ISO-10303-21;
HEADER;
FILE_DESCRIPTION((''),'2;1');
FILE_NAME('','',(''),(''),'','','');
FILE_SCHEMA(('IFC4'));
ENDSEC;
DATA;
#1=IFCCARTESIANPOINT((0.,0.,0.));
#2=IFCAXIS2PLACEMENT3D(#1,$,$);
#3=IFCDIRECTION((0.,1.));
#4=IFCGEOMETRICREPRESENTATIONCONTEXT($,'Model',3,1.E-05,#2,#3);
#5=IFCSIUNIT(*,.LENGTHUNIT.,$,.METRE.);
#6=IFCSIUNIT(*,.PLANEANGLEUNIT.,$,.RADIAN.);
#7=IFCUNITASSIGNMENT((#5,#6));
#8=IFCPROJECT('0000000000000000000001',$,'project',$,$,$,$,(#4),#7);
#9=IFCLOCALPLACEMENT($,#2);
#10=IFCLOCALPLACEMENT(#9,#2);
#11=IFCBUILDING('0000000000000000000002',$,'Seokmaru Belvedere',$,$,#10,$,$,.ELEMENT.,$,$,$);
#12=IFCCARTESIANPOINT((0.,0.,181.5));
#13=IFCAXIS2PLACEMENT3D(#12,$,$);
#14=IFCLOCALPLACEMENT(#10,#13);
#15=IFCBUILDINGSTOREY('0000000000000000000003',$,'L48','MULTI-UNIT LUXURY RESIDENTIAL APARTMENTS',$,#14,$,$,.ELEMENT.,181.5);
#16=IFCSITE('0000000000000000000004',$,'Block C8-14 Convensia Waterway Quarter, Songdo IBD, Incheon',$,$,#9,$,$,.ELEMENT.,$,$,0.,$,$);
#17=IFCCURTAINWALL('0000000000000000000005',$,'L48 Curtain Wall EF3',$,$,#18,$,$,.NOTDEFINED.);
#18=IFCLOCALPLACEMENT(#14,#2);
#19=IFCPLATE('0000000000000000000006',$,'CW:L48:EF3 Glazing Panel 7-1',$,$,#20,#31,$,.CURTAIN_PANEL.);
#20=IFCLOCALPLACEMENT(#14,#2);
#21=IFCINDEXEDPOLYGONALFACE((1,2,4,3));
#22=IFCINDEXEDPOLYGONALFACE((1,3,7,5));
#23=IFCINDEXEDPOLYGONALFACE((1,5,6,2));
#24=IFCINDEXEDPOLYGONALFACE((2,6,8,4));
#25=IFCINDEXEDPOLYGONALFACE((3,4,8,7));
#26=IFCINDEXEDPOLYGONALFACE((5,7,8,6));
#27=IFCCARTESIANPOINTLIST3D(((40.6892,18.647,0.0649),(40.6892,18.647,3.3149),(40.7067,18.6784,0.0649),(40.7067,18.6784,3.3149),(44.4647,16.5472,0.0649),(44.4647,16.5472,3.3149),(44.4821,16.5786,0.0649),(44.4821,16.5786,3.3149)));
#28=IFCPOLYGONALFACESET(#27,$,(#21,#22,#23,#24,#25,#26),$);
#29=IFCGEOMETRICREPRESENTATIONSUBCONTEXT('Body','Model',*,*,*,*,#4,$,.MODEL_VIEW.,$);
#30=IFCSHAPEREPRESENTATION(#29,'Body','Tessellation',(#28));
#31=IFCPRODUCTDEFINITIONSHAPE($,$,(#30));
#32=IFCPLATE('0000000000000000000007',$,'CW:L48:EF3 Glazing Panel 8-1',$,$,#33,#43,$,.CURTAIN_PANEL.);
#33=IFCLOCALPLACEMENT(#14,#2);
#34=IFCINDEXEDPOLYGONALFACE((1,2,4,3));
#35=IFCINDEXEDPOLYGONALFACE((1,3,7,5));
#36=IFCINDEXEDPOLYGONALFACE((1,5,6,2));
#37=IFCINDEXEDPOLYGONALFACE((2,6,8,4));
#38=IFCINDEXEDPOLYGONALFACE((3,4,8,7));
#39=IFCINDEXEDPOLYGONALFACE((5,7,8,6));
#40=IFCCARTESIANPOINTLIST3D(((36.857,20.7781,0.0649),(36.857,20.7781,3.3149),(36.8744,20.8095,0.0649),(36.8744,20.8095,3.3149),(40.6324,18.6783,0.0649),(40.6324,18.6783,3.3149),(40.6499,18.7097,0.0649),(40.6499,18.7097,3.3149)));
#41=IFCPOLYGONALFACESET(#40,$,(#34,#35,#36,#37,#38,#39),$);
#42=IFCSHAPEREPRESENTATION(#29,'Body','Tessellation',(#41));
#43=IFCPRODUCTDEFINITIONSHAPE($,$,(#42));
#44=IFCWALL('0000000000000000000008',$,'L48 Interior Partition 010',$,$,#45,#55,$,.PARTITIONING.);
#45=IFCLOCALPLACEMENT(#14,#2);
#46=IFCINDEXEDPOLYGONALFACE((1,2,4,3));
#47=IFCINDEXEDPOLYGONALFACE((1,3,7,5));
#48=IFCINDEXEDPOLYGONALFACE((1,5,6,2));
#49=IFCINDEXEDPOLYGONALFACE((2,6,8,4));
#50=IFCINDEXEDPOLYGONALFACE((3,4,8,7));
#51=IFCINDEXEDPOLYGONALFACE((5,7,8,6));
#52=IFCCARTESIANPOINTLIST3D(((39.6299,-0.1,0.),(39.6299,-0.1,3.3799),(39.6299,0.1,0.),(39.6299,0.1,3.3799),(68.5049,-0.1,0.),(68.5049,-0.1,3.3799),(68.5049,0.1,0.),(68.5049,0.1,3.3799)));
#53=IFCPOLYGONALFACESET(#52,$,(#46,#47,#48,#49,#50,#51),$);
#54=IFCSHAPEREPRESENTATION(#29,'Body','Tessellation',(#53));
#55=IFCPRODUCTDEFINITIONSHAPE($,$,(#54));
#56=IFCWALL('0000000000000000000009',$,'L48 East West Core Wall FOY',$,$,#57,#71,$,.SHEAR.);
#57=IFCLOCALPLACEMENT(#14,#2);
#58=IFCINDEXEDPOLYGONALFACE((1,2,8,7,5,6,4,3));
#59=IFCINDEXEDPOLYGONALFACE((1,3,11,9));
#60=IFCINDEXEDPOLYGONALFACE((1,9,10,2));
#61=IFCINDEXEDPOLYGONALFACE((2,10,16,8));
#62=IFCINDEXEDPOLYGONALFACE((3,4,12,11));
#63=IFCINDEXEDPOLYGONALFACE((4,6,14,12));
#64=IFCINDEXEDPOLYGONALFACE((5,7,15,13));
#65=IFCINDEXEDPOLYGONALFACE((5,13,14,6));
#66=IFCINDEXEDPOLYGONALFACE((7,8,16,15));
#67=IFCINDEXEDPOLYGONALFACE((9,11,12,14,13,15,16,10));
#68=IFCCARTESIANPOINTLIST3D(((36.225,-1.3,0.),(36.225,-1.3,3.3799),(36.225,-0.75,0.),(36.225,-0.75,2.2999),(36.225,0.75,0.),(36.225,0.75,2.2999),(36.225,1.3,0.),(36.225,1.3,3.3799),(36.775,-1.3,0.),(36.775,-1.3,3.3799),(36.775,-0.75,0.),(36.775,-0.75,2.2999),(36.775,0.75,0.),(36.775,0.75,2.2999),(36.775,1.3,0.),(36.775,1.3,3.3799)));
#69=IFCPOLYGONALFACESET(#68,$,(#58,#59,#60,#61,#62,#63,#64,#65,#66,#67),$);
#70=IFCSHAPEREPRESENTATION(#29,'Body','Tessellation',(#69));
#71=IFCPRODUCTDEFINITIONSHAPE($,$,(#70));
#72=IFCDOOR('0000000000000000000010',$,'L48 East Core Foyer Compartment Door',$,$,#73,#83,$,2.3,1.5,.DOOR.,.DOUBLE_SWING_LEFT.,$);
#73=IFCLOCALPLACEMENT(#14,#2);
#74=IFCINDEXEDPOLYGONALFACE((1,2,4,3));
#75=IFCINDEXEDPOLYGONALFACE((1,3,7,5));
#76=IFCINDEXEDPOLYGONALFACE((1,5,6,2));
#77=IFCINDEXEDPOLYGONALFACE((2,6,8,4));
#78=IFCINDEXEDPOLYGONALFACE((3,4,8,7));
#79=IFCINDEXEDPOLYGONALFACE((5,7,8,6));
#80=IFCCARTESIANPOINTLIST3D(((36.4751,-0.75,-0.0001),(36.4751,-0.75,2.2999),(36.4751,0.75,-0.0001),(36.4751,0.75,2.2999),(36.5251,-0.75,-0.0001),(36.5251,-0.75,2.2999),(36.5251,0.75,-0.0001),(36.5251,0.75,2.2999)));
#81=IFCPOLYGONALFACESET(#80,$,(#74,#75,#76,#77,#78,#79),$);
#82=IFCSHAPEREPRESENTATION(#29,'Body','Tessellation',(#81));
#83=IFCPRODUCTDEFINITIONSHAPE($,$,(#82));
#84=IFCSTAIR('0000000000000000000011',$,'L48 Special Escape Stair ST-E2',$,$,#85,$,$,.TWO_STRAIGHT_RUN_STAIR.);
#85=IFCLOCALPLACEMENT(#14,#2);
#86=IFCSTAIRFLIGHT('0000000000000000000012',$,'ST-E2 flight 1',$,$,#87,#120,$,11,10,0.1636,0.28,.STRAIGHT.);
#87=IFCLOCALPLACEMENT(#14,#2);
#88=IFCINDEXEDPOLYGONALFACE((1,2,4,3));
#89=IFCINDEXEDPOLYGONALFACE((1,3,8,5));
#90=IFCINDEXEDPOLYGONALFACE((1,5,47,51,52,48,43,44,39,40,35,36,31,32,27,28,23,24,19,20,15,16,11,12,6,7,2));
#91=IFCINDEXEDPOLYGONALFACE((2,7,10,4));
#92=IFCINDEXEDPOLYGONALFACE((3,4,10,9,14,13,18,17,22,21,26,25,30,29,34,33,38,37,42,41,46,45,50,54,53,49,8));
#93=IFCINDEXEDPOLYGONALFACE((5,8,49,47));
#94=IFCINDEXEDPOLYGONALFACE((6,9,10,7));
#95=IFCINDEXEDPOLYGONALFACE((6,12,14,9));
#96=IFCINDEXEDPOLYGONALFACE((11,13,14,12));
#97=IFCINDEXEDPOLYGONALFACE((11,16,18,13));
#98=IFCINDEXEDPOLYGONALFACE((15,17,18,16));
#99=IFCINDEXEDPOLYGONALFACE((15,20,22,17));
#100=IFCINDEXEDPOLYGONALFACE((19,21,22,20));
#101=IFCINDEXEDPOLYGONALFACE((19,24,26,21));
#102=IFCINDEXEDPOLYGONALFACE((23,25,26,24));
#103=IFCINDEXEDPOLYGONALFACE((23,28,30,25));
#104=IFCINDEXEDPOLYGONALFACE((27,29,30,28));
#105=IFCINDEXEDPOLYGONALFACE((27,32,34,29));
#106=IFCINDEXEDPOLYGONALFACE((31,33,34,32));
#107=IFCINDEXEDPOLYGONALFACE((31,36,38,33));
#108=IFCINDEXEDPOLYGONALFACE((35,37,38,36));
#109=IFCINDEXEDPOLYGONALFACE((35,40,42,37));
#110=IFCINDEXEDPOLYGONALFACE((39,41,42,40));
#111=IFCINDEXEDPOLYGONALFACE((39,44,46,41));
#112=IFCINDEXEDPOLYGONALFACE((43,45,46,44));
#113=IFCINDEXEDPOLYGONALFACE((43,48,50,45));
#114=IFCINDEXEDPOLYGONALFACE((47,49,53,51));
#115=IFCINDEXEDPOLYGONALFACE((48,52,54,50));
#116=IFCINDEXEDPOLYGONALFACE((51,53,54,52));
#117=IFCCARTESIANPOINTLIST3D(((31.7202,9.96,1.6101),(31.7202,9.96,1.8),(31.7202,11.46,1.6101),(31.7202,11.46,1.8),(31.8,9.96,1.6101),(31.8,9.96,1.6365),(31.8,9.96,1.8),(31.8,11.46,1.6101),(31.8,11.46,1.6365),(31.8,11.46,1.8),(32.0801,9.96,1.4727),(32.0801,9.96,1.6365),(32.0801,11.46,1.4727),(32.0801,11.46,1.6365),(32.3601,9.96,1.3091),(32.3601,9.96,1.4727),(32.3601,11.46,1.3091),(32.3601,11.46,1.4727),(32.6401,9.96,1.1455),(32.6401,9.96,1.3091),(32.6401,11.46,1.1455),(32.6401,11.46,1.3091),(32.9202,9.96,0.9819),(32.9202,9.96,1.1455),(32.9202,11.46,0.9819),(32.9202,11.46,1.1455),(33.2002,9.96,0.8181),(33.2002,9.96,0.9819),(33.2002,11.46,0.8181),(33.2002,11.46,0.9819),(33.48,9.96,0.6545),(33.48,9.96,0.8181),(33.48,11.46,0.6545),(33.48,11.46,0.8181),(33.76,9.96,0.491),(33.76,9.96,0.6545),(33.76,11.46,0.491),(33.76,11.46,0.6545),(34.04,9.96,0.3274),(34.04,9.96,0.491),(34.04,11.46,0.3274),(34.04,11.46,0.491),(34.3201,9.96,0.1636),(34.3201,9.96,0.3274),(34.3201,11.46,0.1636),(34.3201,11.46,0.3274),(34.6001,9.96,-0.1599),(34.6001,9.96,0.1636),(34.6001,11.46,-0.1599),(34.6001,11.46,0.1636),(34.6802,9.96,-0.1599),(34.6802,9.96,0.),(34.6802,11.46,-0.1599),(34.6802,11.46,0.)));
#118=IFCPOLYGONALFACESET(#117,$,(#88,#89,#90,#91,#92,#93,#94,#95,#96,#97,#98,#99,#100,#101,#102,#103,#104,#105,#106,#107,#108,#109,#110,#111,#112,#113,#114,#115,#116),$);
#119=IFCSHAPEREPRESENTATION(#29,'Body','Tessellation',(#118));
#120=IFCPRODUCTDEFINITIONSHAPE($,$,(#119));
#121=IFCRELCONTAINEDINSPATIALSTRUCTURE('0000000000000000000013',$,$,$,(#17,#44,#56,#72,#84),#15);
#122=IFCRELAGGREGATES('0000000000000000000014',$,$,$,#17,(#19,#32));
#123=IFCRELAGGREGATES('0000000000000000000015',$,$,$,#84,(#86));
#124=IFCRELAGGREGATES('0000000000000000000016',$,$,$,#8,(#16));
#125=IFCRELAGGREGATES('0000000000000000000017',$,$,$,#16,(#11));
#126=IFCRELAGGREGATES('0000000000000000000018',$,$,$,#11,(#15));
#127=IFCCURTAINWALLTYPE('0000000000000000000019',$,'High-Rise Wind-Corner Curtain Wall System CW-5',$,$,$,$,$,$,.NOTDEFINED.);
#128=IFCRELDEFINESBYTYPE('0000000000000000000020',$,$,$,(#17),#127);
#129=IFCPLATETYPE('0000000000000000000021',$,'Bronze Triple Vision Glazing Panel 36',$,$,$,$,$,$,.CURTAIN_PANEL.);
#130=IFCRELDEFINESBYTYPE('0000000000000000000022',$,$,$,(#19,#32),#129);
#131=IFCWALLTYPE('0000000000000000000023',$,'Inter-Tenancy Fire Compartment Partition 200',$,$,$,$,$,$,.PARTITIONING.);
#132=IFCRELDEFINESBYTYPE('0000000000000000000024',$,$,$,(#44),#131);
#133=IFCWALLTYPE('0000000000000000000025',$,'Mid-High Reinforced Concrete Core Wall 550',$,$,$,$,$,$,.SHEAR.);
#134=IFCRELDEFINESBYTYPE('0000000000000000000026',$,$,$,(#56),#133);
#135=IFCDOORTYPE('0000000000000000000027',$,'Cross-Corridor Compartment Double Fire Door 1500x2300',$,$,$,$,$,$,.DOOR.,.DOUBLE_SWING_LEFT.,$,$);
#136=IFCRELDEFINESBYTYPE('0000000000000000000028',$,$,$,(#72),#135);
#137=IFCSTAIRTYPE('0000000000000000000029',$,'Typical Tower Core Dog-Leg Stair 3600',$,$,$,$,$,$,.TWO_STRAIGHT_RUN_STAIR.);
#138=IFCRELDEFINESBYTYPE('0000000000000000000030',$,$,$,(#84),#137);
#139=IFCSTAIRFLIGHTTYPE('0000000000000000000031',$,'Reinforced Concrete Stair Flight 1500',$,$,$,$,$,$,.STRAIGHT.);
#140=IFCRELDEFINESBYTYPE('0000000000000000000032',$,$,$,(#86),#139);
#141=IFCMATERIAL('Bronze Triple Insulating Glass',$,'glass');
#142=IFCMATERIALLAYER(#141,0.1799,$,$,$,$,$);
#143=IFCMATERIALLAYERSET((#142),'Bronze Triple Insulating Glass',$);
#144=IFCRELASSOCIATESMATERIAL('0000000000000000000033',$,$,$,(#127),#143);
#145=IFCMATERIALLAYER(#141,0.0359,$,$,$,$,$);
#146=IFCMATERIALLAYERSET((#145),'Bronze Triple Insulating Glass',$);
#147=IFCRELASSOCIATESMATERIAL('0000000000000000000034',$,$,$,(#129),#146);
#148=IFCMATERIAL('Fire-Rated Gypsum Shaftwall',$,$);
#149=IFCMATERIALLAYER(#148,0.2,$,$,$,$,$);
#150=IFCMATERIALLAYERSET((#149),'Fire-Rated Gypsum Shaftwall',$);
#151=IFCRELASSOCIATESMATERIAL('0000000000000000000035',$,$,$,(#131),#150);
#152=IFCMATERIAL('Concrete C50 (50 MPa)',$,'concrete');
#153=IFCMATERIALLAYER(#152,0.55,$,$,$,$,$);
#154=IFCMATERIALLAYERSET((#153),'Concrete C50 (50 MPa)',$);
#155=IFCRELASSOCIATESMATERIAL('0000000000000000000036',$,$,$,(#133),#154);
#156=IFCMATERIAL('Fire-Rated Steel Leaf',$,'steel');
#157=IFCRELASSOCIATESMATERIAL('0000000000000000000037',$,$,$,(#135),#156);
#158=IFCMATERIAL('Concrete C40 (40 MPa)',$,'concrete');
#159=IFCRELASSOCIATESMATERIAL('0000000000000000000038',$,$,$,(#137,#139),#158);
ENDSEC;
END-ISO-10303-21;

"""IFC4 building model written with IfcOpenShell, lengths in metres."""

from ifc_helpers import new_model, si_unit, direction, frame, frame_2d, origin, origin_2d, place, context, subcontext, project, spatial, polyline, rectangle, outline, extrude, source, transform, mapped, material, layer, layer_set, type_object, type_shapes, element, fill, aggregate, save


model = new_model("IFC4")

# Units and contexts
model_context = context("Model", 3, precision=1e-05, world=origin(), true_north=direction((0.0, 1.0)))
body_context = subcontext(model_context, "Body", "Model", "MODEL_VIEW")
ifc_project = project(units=[si_unit("LENGTHUNIT", "METRE"), si_unit("PLANEANGLEUNIT", "RADIAN")], contexts=[model_context])

# Site, building, storey
site_placement = place(None, origin())
site = spatial("IfcSite", under=ifc_project, at=site_placement, Name="Block C8-14 Convensia Waterway Quarter, Songdo IBD, Incheon", CompositionType="ELEMENT", RefElevation=0.0)
building_placement = place(site_placement, origin())
building = spatial("IfcBuilding", under=site, at=building_placement, Name="Seokmaru Belvedere", CompositionType="ELEMENT")
storey_placement = place(building_placement, frame((0.0, 0.0, 181.5)))
storey = spatial("IfcBuildingStorey", under=building, at=storey_placement, Name="L48", Description="MULTI-UNIT LUXURY RESIDENTIAL APARTMENTS", CompositionType="ELEMENT", Elevation=181.5)

# Curtain wall, plates
ifc_material_1 = material(Name="Bronze Triple Insulating Glass", Category="glass")
ifc_layer_1 = layer(ifc_material_1, 0.1799)
ifc_layer_set_1 = layer_set([ifc_layer_1], Name="Bronze Triple Insulating Glass")
curtain_wall_type = type_object("IfcCurtainWallType", Name="High-Rise Wind-Corner Curtain Wall System CW-5", PredefinedType="NOTDEFINED", material=ifc_layer_set_1)
curtain_wall_placement = place(storey_placement, origin())
curtain_wall = element("IfcCurtainWall", 1, at=curtain_wall_placement, inside=storey, type_object=curtain_wall_type, Name="L48 Curtain Wall EF3", PredefinedType="NOTDEFINED")
ifc_layer_2 = layer(ifc_material_1, 0.0359)
ifc_layer_set_2 = layer_set([ifc_layer_2], Name="Bronze Triple Insulating Glass")
plate_type = type_object("IfcPlateType", Name="Bronze Triple Vision Glazing Panel 36", PredefinedType="CURTAIN_PANEL", material=ifc_layer_set_2)
shared_shape_1 = source(origin(), body_context, "Body", "SweptSolid", [
    extrude(rectangle(XDim=4.3201, YDim=0.0359, at=origin_2d()), origin(), (0.0, 0.0, 1.0), 3.25),
])
plate_1_placement = place(storey_placement, frame((42.5857, 17.6128, 0.0649), z_axis=(0.0, 0.0, 1.0), x_axis=(-0.873933, 0.486047, 0.0)))
plate_1 = element("IfcPlate", 2, at=plate_1_placement, type_object=plate_type, Name="CW:L48:EF3 Glazing Panel 7-1", PredefinedType="CURTAIN_PANEL", context=body_context, shape_type="MappedRepresentation", body=[
    mapped(shared_shape_1, transform((0.0, 0.0, 0.0), scale=1.0)),
])
plate_2_placement = place(storey_placement, frame((38.7534, 19.7439, 0.0649), z_axis=(0.0, 0.0, 1.0), x_axis=(-0.873933, 0.486047, 0.0)))
plate_2 = element("IfcPlate", 3, at=plate_2_placement, type_object=plate_type, Name="CW:L48:EF3 Glazing Panel 8-1", PredefinedType="CURTAIN_PANEL", context=body_context, shape_type="MappedRepresentation", body=[
    mapped(shared_shape_1, transform((0.0, 0.0, 0.0), scale=1.0)),
])
aggregate(curtain_wall, [plate_1, plate_2])

# Wall
ifc_material_2 = material(Name="Fire-Rated Gypsum Shaftwall")
ifc_layer_3 = layer(ifc_material_2, 0.2)
ifc_layer_set_3 = layer_set([ifc_layer_3], Name="Fire-Rated Gypsum Shaftwall")
wall_type_1 = type_object("IfcWallType", Name="Inter-Tenancy Fire Compartment Partition 200", PredefinedType="PARTITIONING", material=ifc_layer_set_3)
wall_1_placement = place(storey_placement, frame((39.6299, 0.0, 0.0), z_axis=(0.0, 0.0, 1.0), x_axis=(1.0, 0.0, 0.0)))
element("IfcWall", 4, at=wall_1_placement, inside=storey, type_object=wall_type_1, Name="L48 Interior Partition 010", PredefinedType="PARTITIONING", context=body_context, shape_type="SweptSolid", body=[
    extrude(rectangle(XDim=28.875, YDim=0.2, at=frame_2d((14.4375, 0.0))), origin(), (0.0, 0.0, 1.0), 3.3799),
])

# Wall, opening, door
ifc_material_3 = material(Name="Concrete C50 (50 MPa)", Category="concrete")
ifc_layer_4 = layer(ifc_material_3, 0.55)
ifc_layer_set_4 = layer_set([ifc_layer_4], Name="Concrete C50 (50 MPa)")
wall_type_2 = type_object("IfcWallType", Name="Mid-High Reinforced Concrete Core Wall 550", PredefinedType="SHEAR", material=ifc_layer_set_4)
wall_2_placement = place(storey_placement, frame((36.5, -1.3, 0.0), z_axis=(0.0, 0.0, 1.0), x_axis=(0.0, 1.0, 0.0)))
wall_2 = element("IfcWall", 5, at=wall_2_placement, inside=storey, type_object=wall_type_2, Name="L48 East West Core Wall FOY", PredefinedType="SHEAR", context=body_context, shape_type="SweptSolid", body=[
    extrude(rectangle(XDim=2.6001, YDim=0.55, at=frame_2d((1.3, 0.0))), origin(), (0.0, 0.0, 1.0), 3.3799),
])
opening_1_placement = place(wall_2_placement, frame((0.55, 0.0, 0.0)))
opening_1 = element("IfcOpeningElement", 6, at=opening_1_placement, cuts=wall_2, PredefinedType="OPENING", context=body_context, shape_type="SweptSolid", body=[
    extrude(rectangle(XDim=1.5, YDim=2.3, at=frame_2d((0.75, 1.1499))), frame((0.0, 0.2852, 0.0), z_axis=(0.0, -1.0, 0.0), x_axis=(1.0, 0.0, 0.0)), (0.0, 0.0, 1.0), 0.5701),
])
ifc_material_4 = material(Name="Fire-Rated Steel Leaf", Category="steel")
door_type_1 = type_object("IfcDoorType", Name="Cross-Corridor Compartment Double Fire Door 1500x2300", OperationType="DOUBLE_SWING_LEFT", PredefinedType="DOOR", material=ifc_material_4)
shared_shape_2 = source(origin(), body_context, "Body", "SweptSolid", [
    extrude(rectangle(XDim=1.5, YDim=2.3, at=frame_2d((0.75, 1.1499))), frame((0.0, 0.0249, 0.0), z_axis=(0.0, -1.0, 0.0), x_axis=(1.0, 0.0, 0.0)), (0.0, 0.0, 1.0), 0.05),
])
type_shapes(door_type_1, [shared_shape_2])
door_1_placement = place(opening_1_placement, origin())
door_1 = element("IfcDoor", 7, at=door_1_placement, inside=storey, type_object=door_type_1, Name="L48 East Core Foyer Compartment Door", OperationType="DOUBLE_SWING_LEFT", OverallHeight=2.3, OverallWidth=1.5, PredefinedType="DOOR", context=body_context, shape_type="MappedRepresentation", body=[
    mapped(shared_shape_2, transform((0.0, 0.0, 0.0), scale=1.0)),
])
fill(opening_1, door_1)

# Stair, stair flight
ifc_material_5 = material(Name="Concrete C40 (40 MPa)", Category="concrete")
stair_type = type_object("IfcStairType", Name="Typical Tower Core Dog-Leg Stair 3600", PredefinedType="TWO_STRAIGHT_RUN_STAIR", material=ifc_material_5)
stair_placement = place(storey_placement, origin())
stair = element("IfcStair", 8, at=stair_placement, inside=storey, type_object=stair_type, Name="L48 Special Escape Stair ST-E2", PredefinedType="TWO_STRAIGHT_RUN_STAIR")
stair_flight_type = type_object("IfcStairFlightType", Name="Reinforced Concrete Stair Flight 1500", PredefinedType="STRAIGHT", material=ifc_material_5)
stair_flight_placement = place(storey_placement, frame((34.6001, 10.71, 0.0), z_axis=(0.0, 0.0, 1.0), x_axis=(-1.0, 0.0, 0.0)))
stair_flight = element("IfcStairFlight", 9, at=stair_flight_placement, type_object=stair_flight_type, Name="ST-E2 flight 1", NumberOfRisers=11, NumberOfTreads=10, PredefinedType="STRAIGHT", RiserHeight=0.1636, TreadLength=0.28, context=body_context, shape_type="SweptSolid", body=[
    extrude(outline(polyline([(-0.0801, 0.0), (0.0, 0.1636), (0.28, 0.1636), (0.28, 0.3274), (0.5601, 0.3274), (0.5601, 0.491), (0.8401, 0.491), (0.8401, 0.6545), (1.1201, 0.6545), (1.1201, 0.8181), (1.3999, 0.8181), (1.3999, 0.9819), (1.6799, 0.9819), (1.6799, 1.1455), (1.96, 1.1455), (1.96, 1.3091), (2.24, 1.3091), (2.24, 1.4727), (2.52, 1.4727), (2.52, 1.6365), (2.8, 1.6365), (2.8, 1.8), (2.8799, 1.8), (2.8799, 1.6101), (2.8, 1.6101), (0.0, -0.1599), (-0.0801, -0.1599), (-0.0801, 0.0)])), frame((0.0, 0.75, 0.0), z_axis=(0.0, -1.0, 0.0), x_axis=(1.0, 0.0, 0.0)), (0.0, 0.0, 1.0), 1.5),
])
aggregate(stair, [stair_flight])

save(model, "model.ifc")
